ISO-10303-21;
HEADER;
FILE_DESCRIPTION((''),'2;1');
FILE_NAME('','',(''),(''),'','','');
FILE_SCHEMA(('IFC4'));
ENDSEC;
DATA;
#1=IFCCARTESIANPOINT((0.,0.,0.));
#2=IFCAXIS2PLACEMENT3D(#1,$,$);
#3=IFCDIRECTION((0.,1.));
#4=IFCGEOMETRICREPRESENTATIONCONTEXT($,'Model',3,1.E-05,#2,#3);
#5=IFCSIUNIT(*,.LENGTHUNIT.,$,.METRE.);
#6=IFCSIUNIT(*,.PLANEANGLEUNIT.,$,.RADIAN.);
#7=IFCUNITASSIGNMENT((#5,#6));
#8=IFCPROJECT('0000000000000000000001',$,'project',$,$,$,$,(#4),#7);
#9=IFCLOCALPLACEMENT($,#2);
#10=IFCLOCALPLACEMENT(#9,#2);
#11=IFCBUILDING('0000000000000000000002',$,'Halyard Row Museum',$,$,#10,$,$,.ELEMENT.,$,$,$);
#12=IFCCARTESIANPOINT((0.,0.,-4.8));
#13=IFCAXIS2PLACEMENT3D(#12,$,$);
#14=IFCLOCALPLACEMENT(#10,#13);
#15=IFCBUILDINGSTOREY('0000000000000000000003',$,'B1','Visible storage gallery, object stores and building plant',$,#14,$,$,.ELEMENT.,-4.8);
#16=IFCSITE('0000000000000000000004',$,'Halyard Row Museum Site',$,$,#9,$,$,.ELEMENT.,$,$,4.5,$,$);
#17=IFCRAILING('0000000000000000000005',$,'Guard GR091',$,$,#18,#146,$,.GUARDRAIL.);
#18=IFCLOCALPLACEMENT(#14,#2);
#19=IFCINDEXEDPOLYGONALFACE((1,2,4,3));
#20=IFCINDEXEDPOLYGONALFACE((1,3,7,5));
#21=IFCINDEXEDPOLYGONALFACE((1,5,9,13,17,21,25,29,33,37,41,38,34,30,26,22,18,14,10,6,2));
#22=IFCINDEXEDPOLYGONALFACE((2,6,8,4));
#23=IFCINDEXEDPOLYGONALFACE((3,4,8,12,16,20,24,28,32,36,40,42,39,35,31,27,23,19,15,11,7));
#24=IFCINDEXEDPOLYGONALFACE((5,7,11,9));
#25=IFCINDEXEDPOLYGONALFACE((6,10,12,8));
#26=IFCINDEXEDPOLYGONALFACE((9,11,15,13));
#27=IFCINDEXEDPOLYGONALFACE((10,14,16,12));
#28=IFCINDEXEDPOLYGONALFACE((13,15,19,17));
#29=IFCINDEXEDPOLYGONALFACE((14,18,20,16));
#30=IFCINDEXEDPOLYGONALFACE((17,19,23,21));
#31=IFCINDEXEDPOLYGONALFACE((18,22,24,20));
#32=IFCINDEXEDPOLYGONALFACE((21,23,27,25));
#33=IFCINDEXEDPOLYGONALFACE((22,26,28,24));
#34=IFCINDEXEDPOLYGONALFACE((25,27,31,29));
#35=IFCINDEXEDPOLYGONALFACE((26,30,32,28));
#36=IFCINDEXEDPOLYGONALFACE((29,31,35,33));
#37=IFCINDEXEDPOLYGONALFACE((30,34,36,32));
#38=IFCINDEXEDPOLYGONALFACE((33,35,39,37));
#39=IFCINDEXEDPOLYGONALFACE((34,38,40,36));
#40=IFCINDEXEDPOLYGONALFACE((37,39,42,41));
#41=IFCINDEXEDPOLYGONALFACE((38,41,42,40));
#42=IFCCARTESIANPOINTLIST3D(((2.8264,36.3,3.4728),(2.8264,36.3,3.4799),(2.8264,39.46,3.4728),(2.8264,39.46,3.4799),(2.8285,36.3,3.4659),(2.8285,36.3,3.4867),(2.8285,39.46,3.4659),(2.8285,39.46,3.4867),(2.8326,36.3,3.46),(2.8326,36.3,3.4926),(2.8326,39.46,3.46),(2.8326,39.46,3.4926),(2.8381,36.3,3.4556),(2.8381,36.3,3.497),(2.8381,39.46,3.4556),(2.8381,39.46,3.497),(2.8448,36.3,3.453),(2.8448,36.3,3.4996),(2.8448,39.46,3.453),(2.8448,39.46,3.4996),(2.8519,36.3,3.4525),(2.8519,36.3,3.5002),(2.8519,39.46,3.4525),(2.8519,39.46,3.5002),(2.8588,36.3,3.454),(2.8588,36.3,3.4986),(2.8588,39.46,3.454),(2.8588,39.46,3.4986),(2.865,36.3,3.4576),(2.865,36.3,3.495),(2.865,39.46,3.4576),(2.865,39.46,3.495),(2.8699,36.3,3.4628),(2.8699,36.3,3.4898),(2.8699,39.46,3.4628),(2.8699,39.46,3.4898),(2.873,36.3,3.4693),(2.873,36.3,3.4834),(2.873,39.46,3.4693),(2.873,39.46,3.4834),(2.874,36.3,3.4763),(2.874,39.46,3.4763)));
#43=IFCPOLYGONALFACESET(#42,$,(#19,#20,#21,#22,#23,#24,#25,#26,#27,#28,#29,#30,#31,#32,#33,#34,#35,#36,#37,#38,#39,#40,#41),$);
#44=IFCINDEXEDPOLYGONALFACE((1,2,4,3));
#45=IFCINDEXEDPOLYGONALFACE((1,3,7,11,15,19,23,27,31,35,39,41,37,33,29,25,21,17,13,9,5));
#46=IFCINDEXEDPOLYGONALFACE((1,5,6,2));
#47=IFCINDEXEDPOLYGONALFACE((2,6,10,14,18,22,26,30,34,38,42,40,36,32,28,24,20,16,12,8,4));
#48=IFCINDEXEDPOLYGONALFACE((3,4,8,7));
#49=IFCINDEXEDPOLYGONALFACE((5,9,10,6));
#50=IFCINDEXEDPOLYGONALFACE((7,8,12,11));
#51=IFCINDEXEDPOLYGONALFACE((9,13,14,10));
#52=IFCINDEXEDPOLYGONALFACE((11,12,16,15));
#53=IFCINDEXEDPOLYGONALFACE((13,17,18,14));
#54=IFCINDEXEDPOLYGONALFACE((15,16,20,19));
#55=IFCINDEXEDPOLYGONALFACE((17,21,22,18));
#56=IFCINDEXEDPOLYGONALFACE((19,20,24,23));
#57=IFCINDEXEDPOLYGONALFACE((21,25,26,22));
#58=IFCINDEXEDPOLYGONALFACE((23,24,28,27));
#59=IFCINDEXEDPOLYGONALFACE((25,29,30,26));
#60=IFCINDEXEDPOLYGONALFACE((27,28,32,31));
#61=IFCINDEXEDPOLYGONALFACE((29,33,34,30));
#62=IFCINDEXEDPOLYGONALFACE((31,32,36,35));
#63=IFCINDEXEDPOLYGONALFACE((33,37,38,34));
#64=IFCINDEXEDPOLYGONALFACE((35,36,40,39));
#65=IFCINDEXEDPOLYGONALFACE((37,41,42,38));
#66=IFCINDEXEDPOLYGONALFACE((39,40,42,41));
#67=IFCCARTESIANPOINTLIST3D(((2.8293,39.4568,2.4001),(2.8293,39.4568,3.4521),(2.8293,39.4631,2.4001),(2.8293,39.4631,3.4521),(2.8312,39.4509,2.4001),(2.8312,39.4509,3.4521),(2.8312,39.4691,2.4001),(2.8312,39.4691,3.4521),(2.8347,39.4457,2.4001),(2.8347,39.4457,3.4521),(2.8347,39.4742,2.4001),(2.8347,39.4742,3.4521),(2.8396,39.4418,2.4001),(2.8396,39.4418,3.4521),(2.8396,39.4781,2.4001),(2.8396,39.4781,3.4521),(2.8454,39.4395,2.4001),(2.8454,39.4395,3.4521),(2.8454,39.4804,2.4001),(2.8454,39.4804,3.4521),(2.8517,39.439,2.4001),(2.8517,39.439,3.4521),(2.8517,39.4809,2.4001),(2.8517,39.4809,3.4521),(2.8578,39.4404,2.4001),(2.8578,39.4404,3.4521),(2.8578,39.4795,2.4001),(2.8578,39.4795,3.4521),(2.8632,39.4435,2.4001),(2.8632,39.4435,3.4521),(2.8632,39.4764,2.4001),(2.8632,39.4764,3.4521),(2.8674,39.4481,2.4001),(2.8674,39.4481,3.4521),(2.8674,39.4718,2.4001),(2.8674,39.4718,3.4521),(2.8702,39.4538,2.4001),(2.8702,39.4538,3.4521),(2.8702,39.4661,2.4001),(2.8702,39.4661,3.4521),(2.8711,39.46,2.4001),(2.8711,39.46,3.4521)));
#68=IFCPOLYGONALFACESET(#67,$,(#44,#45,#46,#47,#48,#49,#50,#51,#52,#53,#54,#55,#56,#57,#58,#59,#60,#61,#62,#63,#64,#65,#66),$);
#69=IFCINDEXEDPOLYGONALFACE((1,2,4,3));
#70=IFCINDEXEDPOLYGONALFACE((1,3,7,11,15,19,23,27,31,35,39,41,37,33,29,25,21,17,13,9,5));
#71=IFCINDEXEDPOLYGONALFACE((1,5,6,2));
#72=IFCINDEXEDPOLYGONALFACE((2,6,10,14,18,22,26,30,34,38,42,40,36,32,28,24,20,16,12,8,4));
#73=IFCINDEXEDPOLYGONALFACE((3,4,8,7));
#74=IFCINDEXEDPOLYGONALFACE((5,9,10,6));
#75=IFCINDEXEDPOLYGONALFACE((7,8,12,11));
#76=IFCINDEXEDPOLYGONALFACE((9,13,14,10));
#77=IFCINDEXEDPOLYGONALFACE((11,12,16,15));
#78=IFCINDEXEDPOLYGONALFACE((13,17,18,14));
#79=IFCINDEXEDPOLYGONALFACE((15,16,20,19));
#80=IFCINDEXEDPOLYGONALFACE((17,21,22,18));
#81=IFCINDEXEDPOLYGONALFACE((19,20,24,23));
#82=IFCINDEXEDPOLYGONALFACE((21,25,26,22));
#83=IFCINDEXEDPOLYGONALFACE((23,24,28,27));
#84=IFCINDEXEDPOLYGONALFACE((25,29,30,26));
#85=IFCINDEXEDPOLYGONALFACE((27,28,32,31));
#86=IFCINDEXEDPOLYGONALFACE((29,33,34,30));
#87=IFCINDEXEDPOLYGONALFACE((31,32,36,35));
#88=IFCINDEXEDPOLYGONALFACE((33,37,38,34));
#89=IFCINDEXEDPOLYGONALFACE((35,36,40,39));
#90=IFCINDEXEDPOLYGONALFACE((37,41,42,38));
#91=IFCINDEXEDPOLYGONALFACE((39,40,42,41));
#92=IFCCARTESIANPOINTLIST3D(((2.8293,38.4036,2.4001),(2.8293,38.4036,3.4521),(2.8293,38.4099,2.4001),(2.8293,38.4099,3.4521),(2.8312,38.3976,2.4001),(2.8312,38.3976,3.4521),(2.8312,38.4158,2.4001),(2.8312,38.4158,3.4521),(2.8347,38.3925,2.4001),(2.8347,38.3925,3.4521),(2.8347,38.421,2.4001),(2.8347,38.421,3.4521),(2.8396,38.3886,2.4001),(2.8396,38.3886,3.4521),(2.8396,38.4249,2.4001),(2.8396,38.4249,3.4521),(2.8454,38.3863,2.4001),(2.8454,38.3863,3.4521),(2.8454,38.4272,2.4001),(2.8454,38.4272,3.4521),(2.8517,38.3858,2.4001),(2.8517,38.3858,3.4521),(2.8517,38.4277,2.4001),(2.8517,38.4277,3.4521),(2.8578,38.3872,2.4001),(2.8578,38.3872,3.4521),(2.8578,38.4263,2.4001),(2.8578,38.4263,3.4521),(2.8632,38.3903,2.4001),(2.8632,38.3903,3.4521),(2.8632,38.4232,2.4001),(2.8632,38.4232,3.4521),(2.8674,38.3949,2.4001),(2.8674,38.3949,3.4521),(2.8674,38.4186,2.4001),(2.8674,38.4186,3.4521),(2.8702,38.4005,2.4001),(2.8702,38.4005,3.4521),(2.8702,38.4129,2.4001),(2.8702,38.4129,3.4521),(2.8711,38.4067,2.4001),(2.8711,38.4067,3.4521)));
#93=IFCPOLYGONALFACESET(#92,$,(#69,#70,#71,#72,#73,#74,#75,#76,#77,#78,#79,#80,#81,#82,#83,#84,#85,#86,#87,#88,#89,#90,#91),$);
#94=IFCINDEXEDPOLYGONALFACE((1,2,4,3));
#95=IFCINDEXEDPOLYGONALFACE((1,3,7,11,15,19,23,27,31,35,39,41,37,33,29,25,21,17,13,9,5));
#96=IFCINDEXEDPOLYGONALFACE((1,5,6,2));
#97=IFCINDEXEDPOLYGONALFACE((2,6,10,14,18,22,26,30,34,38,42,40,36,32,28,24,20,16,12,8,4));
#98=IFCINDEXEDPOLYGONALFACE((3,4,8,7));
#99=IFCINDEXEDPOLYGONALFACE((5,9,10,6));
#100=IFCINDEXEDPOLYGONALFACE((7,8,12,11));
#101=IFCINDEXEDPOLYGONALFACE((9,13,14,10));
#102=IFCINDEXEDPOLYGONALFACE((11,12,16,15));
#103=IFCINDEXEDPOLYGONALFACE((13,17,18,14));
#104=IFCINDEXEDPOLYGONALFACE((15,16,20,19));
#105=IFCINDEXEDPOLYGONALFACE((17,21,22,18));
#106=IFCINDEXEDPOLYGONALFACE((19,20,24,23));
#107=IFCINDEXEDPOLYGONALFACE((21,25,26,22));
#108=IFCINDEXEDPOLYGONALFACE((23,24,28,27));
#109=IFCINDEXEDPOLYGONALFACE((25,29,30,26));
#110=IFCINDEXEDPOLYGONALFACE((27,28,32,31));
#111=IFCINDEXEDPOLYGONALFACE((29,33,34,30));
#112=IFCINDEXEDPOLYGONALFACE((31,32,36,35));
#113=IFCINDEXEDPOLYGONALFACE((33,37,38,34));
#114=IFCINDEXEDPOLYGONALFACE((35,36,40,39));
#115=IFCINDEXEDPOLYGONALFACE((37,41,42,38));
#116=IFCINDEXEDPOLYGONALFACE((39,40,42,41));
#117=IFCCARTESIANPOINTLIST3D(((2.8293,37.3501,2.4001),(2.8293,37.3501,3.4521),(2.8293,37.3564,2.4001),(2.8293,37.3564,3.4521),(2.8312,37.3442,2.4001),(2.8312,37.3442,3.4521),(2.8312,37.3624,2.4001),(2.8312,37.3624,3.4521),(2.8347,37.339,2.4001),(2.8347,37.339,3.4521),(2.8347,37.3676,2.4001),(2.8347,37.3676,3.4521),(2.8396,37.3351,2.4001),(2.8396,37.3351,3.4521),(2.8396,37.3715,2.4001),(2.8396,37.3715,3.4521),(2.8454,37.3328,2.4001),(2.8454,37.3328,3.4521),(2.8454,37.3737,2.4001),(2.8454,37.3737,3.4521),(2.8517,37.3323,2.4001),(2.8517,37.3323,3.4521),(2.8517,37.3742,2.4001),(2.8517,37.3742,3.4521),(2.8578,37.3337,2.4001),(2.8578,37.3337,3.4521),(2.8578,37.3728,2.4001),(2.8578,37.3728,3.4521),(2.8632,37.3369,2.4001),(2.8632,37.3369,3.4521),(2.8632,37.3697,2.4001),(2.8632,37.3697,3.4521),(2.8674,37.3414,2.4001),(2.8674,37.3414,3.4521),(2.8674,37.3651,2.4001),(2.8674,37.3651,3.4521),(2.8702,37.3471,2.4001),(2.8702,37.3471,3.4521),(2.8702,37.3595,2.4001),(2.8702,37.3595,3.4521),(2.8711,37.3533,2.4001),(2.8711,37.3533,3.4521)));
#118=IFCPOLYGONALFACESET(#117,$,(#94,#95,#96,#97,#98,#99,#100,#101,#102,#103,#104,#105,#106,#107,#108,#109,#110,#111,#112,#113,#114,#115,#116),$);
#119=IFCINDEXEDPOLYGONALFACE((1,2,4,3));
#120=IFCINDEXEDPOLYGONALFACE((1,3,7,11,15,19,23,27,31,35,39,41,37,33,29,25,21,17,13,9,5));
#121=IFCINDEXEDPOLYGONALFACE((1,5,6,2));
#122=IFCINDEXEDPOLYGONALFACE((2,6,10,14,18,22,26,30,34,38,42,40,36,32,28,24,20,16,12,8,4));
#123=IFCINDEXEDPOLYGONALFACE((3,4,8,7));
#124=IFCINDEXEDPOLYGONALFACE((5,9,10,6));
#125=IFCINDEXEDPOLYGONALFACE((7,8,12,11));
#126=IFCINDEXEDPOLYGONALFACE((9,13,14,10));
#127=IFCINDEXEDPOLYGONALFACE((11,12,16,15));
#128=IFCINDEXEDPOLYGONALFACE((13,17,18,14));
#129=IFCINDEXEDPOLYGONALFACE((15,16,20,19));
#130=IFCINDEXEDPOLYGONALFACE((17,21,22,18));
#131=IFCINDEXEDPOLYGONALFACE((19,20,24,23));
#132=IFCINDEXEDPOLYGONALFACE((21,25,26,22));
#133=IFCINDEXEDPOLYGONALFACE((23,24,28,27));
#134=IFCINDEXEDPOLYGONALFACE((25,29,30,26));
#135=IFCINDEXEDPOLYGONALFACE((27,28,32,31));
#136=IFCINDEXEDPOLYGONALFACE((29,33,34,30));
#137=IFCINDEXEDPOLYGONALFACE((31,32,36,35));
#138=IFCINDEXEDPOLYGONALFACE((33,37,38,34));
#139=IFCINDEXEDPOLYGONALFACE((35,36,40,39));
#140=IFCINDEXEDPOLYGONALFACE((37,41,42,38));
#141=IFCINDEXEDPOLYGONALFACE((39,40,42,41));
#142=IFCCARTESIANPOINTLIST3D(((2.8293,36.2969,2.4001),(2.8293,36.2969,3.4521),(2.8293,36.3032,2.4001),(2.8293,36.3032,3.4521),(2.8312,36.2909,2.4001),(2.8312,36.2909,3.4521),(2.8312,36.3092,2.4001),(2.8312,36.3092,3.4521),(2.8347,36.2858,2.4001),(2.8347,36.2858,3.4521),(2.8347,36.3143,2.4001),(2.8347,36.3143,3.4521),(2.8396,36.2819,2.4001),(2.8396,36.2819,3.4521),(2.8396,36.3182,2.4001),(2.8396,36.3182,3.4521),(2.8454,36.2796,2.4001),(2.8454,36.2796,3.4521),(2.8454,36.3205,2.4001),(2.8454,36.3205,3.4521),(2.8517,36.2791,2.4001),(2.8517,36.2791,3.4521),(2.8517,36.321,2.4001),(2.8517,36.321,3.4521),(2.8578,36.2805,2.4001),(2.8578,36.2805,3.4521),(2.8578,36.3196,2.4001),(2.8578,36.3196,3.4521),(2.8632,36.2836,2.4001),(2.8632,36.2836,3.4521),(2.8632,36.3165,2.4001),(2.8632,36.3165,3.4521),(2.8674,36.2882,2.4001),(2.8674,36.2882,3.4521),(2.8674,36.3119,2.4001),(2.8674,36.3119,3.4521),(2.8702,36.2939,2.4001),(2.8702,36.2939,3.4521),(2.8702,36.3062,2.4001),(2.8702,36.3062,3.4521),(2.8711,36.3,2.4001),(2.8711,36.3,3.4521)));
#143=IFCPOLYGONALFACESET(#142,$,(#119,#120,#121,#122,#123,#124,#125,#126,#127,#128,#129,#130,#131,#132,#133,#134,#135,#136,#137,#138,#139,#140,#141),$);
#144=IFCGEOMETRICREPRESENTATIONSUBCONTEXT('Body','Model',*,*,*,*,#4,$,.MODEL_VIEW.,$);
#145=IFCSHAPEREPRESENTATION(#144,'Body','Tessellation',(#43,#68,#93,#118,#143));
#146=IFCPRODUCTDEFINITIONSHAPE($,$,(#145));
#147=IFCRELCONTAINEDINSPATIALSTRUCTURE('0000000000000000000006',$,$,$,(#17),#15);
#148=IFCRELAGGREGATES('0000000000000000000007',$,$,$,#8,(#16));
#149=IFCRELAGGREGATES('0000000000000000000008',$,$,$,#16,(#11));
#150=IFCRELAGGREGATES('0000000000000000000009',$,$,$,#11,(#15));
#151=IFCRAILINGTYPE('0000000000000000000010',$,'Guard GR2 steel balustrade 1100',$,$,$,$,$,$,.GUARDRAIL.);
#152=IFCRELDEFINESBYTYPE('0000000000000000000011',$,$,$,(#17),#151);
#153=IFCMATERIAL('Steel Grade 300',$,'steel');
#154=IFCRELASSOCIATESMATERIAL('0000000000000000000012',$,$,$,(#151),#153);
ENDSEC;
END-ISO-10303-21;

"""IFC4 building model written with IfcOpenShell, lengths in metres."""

from ifc_helpers import new_model, si_unit, direction, frame, origin, origin_2d, place, context, subcontext, project, spatial, circle, extrude, material, type_object, element, save


model = new_model("IFC4")

# Units and contexts
model_context = context("Model", 3, precision=1e-05, world=origin(), true_north=direction((0.0, 1.0)))
body_context = subcontext(model_context, "Body", "Model", "MODEL_VIEW")
ifc_project = project(units=[si_unit("LENGTHUNIT", "METRE"), si_unit("PLANEANGLEUNIT", "RADIAN")], contexts=[model_context])

# Site, building, storey
site_placement = place(None, origin())
site = spatial("IfcSite", under=ifc_project, at=site_placement, Name="Halyard Row Museum Site", CompositionType="ELEMENT", RefElevation=4.5)
building_placement = place(site_placement, origin())
building = spatial("IfcBuilding", under=site, at=building_placement, Name="Halyard Row Museum", CompositionType="ELEMENT")
storey_placement = place(building_placement, frame((0.0, 0.0, -4.8)))
storey = spatial("IfcBuildingStorey", under=building, at=storey_placement, Name="B1", Description="Visible storage gallery, object stores and building plant", CompositionType="ELEMENT", Elevation=-4.8)

# Railing
ifc_material_1 = material(Name="Steel Grade 300", Category="steel")
railing_type_1 = type_object("IfcRailingType", Name="Guard GR2 steel balustrade 1100", PredefinedType="GUARDRAIL", material=ifc_material_1)
railing_1_placement = place(storey_placement, frame((2.8501, 39.46, 2.4001)))
element("IfcRailing", 1, at=railing_1_placement, inside=storey, type_object=railing_type_1, Name="Guard GR091", PredefinedType="GUARDRAIL", context=body_context, shape_type="SweptSolid", body=[
    extrude(circle(Radius=0.0239, at=origin_2d()), frame((0.0, 0.0, 1.0762), z_axis=(0.0, -1.0, 0.0), x_axis=(1.0, 0.0, 0.0)), (0.0, 0.0, 1.0), 3.1599),
    extrude(circle(Radius=0.021, at=origin_2d()), origin(), (0.0, 0.0, 1.0), 1.052),
    extrude(circle(Radius=0.021, at=origin_2d()), frame((0.0, -1.0532, 0.0)), (0.0, 0.0, 1.0), 1.052),
    extrude(circle(Radius=0.021, at=origin_2d()), frame((0.0, -2.1067, 0.0)), (0.0, 0.0, 1.0), 1.052),
    extrude(circle(Radius=0.021, at=origin_2d()), frame((0.0, -3.1599, 0.0)), (0.0, 0.0, 1.0), 1.052),
])

save(model, "model.ifc")
